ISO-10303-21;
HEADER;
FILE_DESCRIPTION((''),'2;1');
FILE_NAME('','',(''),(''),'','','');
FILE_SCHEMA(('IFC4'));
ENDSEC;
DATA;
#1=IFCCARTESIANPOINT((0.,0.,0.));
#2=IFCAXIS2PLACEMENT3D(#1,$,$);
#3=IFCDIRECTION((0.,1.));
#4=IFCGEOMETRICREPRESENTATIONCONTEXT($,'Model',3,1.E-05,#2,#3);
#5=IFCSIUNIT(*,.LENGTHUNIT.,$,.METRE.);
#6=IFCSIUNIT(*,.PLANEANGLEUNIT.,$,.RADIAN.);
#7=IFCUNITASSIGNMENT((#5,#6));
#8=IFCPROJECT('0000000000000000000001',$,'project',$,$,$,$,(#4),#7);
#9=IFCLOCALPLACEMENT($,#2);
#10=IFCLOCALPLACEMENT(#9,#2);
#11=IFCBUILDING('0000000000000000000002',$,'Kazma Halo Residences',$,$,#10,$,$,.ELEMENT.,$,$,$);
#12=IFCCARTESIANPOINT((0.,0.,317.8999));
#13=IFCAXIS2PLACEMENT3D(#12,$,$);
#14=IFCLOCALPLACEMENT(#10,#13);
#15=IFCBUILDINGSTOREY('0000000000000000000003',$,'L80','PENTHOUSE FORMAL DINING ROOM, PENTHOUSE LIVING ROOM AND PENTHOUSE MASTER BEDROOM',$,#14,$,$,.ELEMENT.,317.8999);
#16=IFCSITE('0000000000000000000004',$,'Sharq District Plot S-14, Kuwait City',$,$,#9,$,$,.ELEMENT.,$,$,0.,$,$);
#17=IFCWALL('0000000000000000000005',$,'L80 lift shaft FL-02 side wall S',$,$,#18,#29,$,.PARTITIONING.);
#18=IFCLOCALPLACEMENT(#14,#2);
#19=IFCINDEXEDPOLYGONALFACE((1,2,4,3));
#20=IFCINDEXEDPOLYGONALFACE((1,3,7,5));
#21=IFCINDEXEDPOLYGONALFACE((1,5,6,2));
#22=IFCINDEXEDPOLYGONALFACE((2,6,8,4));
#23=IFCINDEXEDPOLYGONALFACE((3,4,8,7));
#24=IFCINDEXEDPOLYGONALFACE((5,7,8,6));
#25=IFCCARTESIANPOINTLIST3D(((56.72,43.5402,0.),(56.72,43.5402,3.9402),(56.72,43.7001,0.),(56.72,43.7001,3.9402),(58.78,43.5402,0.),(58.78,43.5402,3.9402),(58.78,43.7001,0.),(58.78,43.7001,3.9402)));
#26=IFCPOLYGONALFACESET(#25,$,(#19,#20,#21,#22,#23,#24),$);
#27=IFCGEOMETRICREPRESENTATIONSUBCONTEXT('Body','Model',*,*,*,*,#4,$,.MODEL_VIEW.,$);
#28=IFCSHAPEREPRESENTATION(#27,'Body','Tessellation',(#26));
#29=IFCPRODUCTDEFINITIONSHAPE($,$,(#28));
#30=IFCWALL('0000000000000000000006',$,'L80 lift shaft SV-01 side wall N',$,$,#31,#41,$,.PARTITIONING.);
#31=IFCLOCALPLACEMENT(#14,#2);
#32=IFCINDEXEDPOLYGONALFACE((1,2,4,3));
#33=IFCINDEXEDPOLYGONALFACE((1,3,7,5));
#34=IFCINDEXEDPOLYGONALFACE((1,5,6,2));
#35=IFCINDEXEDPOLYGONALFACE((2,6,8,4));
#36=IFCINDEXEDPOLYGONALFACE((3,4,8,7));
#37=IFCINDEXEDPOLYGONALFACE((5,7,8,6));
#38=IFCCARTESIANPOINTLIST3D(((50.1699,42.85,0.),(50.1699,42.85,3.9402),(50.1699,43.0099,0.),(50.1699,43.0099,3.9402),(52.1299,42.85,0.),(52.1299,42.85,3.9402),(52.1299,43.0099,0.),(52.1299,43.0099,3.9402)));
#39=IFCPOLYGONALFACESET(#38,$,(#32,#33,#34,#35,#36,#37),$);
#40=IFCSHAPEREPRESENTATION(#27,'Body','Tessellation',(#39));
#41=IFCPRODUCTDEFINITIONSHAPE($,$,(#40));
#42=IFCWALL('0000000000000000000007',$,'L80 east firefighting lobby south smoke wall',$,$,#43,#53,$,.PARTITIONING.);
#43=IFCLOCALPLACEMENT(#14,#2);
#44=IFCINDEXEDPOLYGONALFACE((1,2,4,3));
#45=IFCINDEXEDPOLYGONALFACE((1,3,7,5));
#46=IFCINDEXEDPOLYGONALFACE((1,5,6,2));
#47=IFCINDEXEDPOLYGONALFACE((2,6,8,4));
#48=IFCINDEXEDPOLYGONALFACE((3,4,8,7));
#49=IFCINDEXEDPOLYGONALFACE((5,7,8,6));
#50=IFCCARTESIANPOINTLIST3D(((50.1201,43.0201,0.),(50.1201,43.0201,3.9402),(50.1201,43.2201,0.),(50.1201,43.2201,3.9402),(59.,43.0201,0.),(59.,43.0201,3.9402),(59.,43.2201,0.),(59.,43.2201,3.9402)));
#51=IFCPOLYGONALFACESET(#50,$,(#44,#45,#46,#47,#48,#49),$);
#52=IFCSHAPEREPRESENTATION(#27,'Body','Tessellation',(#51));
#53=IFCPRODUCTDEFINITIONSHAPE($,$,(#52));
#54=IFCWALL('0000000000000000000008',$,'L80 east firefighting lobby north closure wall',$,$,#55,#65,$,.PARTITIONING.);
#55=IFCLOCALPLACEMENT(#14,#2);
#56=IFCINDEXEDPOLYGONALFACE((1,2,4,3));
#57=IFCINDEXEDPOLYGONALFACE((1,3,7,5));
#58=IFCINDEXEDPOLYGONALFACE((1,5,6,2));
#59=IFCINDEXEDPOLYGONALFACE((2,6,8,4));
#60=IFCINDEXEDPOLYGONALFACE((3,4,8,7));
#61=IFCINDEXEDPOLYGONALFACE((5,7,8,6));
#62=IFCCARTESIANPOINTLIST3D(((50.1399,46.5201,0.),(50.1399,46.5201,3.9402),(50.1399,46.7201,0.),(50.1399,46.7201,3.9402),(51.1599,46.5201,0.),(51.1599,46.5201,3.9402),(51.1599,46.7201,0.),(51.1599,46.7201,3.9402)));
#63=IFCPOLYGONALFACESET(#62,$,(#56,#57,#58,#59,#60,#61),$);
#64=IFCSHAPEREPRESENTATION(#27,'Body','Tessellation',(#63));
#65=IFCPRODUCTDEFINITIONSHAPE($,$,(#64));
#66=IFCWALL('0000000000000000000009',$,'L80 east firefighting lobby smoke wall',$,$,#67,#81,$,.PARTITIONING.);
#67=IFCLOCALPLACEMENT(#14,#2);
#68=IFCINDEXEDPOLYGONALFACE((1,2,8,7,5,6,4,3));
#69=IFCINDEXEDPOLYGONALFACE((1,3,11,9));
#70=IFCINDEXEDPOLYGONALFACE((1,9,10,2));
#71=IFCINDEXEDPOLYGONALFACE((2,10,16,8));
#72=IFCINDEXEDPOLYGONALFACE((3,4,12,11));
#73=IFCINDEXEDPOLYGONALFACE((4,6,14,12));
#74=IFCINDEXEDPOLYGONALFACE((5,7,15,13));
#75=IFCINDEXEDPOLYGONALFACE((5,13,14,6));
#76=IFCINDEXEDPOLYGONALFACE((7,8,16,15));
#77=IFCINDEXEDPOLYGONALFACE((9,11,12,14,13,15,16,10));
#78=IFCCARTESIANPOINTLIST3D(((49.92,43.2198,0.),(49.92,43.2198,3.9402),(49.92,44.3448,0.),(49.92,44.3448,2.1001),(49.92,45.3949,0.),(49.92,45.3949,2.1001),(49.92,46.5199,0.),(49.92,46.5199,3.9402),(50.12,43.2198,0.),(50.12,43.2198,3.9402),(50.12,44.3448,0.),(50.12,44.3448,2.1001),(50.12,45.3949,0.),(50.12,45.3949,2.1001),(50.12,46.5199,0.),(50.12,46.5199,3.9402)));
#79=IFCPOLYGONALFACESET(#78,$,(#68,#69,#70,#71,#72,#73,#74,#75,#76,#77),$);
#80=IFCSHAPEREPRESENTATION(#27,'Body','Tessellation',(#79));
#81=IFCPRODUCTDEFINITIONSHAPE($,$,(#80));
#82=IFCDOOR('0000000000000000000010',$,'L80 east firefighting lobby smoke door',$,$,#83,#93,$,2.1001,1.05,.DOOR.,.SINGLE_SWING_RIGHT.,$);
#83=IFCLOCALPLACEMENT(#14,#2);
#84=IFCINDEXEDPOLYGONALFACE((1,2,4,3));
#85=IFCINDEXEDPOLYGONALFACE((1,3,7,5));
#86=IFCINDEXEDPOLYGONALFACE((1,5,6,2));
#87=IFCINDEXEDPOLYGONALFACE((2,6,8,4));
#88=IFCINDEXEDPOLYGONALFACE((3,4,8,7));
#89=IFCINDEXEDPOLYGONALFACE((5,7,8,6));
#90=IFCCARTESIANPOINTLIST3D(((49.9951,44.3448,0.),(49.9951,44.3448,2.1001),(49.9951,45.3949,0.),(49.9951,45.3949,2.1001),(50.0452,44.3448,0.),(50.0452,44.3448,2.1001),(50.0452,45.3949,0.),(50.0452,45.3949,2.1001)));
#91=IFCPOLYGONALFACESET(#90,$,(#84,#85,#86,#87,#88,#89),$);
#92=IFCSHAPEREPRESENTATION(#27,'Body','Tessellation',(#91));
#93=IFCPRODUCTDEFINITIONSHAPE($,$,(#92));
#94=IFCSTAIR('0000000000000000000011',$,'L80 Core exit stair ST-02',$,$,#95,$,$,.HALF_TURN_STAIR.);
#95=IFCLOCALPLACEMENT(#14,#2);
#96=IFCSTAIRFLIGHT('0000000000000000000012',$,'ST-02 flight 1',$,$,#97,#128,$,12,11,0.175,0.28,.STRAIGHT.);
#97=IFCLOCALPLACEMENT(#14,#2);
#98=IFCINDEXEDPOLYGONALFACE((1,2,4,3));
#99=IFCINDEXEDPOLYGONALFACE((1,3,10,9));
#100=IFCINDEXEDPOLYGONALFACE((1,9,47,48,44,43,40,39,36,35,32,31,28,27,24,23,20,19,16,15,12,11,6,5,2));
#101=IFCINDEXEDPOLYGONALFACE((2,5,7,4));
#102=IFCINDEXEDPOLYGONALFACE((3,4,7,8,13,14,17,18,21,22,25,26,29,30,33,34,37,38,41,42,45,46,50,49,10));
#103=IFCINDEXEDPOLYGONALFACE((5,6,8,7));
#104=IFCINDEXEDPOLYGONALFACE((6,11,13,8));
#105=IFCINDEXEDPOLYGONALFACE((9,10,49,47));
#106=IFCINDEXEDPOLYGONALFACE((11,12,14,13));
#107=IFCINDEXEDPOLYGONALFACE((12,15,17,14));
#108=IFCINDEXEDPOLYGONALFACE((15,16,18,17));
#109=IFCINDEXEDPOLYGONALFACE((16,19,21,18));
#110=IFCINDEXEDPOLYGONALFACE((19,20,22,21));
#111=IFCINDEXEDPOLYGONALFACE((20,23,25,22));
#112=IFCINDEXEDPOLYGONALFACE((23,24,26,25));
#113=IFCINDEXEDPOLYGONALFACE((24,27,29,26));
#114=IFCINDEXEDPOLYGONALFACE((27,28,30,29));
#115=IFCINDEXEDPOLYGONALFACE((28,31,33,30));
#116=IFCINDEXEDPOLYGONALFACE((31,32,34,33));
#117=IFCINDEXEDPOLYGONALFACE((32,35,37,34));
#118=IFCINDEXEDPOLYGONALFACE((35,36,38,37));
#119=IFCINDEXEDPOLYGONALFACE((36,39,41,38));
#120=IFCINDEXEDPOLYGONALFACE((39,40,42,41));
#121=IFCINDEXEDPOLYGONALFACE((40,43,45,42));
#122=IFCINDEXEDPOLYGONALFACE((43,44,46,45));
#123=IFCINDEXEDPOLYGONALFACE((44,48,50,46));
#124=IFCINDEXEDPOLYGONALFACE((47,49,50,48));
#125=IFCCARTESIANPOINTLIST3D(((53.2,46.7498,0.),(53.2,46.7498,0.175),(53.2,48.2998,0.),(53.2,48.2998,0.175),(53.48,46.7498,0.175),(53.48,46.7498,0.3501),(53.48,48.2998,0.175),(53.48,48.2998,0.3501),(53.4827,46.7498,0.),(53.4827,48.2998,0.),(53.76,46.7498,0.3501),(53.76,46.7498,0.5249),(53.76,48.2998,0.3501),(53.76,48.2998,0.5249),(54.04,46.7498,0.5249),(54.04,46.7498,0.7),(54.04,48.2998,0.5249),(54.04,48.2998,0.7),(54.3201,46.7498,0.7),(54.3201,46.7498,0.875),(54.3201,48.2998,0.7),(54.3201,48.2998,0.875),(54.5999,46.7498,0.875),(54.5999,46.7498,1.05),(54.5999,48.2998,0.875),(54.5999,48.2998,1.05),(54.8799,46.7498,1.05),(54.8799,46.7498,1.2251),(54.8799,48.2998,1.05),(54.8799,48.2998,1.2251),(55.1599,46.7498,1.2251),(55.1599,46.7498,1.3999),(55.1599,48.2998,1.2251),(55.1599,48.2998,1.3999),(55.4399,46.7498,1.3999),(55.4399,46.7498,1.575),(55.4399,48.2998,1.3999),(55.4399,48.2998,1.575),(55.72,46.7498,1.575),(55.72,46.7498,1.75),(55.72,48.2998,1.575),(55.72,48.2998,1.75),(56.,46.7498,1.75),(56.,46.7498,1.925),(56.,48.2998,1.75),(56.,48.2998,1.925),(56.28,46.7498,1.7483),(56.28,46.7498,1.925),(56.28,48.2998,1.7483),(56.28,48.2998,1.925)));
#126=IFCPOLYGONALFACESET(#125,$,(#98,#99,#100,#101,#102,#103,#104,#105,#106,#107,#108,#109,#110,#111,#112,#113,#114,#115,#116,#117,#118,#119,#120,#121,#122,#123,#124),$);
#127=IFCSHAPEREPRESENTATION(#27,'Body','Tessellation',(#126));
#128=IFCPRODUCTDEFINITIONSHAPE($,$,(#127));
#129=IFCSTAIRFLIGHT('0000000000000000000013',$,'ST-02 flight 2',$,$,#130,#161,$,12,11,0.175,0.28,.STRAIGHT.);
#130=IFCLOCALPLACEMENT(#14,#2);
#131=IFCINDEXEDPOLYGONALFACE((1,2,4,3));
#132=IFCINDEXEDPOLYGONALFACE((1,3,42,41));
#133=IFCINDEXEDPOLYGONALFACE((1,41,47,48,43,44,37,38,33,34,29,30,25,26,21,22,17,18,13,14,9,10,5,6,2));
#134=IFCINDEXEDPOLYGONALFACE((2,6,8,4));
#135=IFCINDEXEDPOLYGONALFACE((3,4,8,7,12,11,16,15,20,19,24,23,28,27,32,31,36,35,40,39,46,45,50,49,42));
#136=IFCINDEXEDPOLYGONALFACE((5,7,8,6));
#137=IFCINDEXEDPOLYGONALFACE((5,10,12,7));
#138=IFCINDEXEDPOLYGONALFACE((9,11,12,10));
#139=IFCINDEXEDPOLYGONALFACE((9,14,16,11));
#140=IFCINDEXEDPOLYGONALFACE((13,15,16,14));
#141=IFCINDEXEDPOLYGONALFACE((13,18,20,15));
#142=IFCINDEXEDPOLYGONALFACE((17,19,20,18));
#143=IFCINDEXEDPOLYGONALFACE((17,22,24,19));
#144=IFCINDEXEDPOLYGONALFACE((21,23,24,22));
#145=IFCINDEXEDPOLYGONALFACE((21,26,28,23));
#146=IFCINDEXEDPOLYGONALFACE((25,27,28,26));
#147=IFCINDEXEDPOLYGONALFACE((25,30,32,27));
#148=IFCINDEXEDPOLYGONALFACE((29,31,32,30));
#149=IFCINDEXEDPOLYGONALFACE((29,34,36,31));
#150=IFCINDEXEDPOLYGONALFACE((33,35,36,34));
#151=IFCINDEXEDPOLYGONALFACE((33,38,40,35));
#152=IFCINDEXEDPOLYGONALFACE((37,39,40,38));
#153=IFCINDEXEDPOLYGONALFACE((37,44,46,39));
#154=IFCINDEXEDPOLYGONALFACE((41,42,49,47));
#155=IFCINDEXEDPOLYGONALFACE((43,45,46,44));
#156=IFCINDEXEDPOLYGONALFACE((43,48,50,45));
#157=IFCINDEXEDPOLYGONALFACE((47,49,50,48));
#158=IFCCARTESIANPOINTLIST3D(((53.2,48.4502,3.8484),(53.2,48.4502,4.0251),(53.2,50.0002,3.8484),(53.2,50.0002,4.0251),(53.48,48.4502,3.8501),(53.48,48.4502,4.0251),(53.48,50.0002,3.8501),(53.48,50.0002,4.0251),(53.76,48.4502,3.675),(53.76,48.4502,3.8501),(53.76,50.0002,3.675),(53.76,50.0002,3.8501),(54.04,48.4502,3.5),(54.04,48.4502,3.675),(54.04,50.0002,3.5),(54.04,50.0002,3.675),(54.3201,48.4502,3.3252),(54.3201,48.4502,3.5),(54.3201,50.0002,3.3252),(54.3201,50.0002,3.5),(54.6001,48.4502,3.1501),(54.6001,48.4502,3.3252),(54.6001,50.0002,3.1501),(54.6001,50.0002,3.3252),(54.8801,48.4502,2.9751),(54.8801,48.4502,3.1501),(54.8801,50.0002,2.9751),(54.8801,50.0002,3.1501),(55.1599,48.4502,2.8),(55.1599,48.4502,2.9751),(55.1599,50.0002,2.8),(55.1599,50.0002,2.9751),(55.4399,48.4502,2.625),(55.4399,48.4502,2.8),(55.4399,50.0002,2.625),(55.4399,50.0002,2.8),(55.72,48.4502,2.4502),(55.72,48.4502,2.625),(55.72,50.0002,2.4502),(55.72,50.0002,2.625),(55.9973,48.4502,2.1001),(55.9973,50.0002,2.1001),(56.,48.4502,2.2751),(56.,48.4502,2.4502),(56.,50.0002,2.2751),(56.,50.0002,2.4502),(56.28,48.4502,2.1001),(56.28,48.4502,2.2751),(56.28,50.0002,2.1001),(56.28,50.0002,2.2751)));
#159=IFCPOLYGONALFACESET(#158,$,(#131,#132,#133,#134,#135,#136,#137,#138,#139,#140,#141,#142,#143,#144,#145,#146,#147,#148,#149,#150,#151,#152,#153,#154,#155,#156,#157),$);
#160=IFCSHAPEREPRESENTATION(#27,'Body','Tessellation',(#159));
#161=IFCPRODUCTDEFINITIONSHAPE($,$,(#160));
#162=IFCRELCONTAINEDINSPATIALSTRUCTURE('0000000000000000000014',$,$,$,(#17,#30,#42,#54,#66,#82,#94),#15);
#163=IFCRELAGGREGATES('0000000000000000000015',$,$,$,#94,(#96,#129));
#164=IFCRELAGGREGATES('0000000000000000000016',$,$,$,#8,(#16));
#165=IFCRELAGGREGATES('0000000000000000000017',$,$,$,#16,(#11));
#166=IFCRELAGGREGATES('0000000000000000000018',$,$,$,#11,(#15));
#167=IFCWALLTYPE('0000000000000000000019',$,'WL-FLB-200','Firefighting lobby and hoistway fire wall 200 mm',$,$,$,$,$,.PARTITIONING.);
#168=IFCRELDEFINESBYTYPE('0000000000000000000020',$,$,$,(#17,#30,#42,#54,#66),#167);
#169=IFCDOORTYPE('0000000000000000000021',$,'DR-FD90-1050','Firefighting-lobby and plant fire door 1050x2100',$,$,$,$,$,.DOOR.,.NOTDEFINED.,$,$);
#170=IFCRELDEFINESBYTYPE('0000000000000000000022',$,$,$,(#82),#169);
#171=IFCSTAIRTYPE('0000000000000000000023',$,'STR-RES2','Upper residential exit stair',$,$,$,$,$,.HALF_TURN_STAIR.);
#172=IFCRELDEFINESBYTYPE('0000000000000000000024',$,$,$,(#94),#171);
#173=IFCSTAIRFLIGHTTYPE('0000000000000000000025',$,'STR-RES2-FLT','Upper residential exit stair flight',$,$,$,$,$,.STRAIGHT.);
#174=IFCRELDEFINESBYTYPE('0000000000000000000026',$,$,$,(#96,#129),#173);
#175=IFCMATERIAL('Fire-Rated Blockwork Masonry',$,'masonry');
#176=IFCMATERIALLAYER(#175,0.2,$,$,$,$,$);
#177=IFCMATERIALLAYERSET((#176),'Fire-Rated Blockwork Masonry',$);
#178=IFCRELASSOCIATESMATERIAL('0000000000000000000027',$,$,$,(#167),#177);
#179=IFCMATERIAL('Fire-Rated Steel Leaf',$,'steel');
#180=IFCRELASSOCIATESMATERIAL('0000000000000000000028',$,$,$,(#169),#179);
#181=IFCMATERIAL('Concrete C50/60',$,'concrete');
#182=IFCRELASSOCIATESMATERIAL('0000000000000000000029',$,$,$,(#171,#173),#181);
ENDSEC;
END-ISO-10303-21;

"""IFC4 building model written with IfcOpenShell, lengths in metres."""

from ifc_helpers import new_model, si_unit, direction, frame, frame_2d, origin, place, context, subcontext, project, spatial, polyline, rectangle, outline, extrude, material, layer, layer_set, type_object, element, fill, aggregate, save


model = new_model("IFC4")

# Units and contexts
model_context = context("Model", 3, precision=1e-05, world=origin(), true_north=direction((0.0, 1.0)))
body_context = subcontext(model_context, "Body", "Model", "MODEL_VIEW")
ifc_project = project(units=[si_unit("LENGTHUNIT", "METRE"), si_unit("PLANEANGLEUNIT", "RADIAN")], contexts=[model_context])

# Site, building, storey
site_placement = place(None, origin())
site = spatial("IfcSite", under=ifc_project, at=site_placement, Name="Sharq District Plot S-14, Kuwait City", CompositionType="ELEMENT", RefElevation=0.0)
building_placement = place(site_placement, origin())
building = spatial("IfcBuilding", under=site, at=building_placement, Name="Kazma Halo Residences", CompositionType="ELEMENT")
storey_placement = place(building_placement, frame((0.0, 0.0, 317.8999)))
storey = spatial("IfcBuildingStorey", under=building, at=storey_placement, Name="L80", Description="PENTHOUSE FORMAL DINING ROOM, PENTHOUSE LIVING ROOM AND PENTHOUSE MASTER BEDROOM", CompositionType="ELEMENT", Elevation=317.8999)

# Shared definitions
ifc_material_1 = material(Name="Fire-Rated Blockwork Masonry", Category="masonry")
ifc_layer_1 = layer(ifc_material_1, 0.2)
ifc_layer_set_1 = layer_set([ifc_layer_1], Name="Fire-Rated Blockwork Masonry")
wall_type_1 = type_object("IfcWallType", Name="WL-FLB-200", Description="Firefighting lobby and hoistway fire wall 200 mm", PredefinedType="PARTITIONING", material=ifc_layer_set_1)

# Walls
for number, where, z_axis, x_axis, name in (
    (1, (56.72, 43.6201, 0.0), (0.0, 0.0, 1.0), (1.0, 0.0, 0.0), "L80 lift shaft FL-02 side wall S"),
):
    element("IfcWall", number, at=place(storey_placement, frame(where, z_axis=z_axis, x_axis=x_axis)), inside=storey, type_object=wall_type_1, Name=name, PredefinedType="PARTITIONING", context=body_context, shape_type="SweptSolid", body=[
        extrude(rectangle(XDim=2.0601, YDim=0.1599, at=frame_2d((1.03, 0.0))), origin(), (0.0, 0.0, 1.0), 3.9402),
    ])
wall_1_placement = place(storey_placement, frame((50.1699, 42.9299, 0.0), z_axis=(0.0, 0.0, 1.0), x_axis=(1.0, 0.0, 0.0)))
element("IfcWall", 2, at=wall_1_placement, inside=storey, type_object=wall_type_1, Name="L80 lift shaft SV-01 side wall N", PredefinedType="PARTITIONING", context=body_context, shape_type="SweptSolid", body=[
    extrude(rectangle(XDim=1.96, YDim=0.1599, at=frame_2d((0.98, 0.0))), origin(), (0.0, 0.0, 1.0), 3.9402),
])
wall_2_placement = place(storey_placement, frame((50.1201, 43.1201, 0.0), z_axis=(0.0, 0.0, 1.0), x_axis=(1.0, 0.0, 0.0)))
element("IfcWall", 3, at=wall_2_placement, inside=storey, type_object=wall_type_1, Name="L80 east firefighting lobby south smoke wall", PredefinedType="PARTITIONING", context=body_context, shape_type="SweptSolid", body=[
    extrude(rectangle(XDim=8.8799, YDim=0.2, at=frame_2d((4.4399, 0.0))), origin(), (0.0, 0.0, 1.0), 3.9402),
])
wall_3_placement = place(storey_placement, frame((50.1399, 46.6201, 0.0), z_axis=(0.0, 0.0, 1.0), x_axis=(1.0, 0.0, 0.0)))
element("IfcWall", 4, at=wall_3_placement, inside=storey, type_object=wall_type_1, Name="L80 east firefighting lobby north closure wall", PredefinedType="PARTITIONING", context=body_context, shape_type="SweptSolid", body=[
    extrude(rectangle(XDim=1.02, YDim=0.2, at=frame_2d((0.51, 0.0))), origin(), (0.0, 0.0, 1.0), 3.9402),
])

# Wall, opening, door
wall_4_placement = place(storey_placement, frame((50.02, 43.22, 0.0), z_axis=(0.0, 0.0, 1.0), x_axis=(0.0, 1.0, 0.0)))
wall_4 = element("IfcWall", 5, at=wall_4_placement, inside=storey, type_object=wall_type_1, Name="L80 east firefighting lobby smoke wall", PredefinedType="PARTITIONING", context=body_context, shape_type="SweptSolid", body=[
    extrude(rectangle(XDim=3.3, YDim=0.2, at=frame_2d((1.6499, 0.0))), origin(), (0.0, 0.0, 1.0), 3.9402),
])
opening_1_placement = place(wall_4_placement, frame((1.125, 0.0, 0.0)))
opening_1 = element("IfcOpeningElement", 6, at=opening_1_placement, cuts=wall_4, PredefinedType="OPENING", context=body_context, shape_type="SweptSolid", body=[
    extrude(rectangle(XDim=1.05, YDim=2.1001, at=frame_2d((0.5249, 1.05))), frame((0.0, 0.1099, 0.0), z_axis=(0.0, -1.0, 0.0), x_axis=(1.0, 0.0, 0.0)), (0.0, 0.0, 1.0), 0.22),
])
ifc_material_2 = material(Name="Fire-Rated Steel Leaf", Category="steel")
door_type_1 = type_object("IfcDoorType", Name="DR-FD90-1050", Description="Firefighting-lobby and plant fire door 1050x2100", OperationType="NOTDEFINED", PredefinedType="DOOR", material=ifc_material_2)
door_1_placement = place(opening_1_placement, origin())
door_1 = element("IfcDoor", 7, at=door_1_placement, inside=storey, type_object=door_type_1, Name="L80 east firefighting lobby smoke door", OperationType="SINGLE_SWING_RIGHT", OverallHeight=2.1001, OverallWidth=1.05, PredefinedType="DOOR", context=body_context, shape_type="SweptSolid", body=[
    extrude(rectangle(XDim=1.05, YDim=2.1001, at=frame_2d((0.5249, 1.05))), frame((0.0, 0.0249, 0.0), z_axis=(0.0, -1.0, 0.0), x_axis=(1.0, 0.0, 0.0)), (0.0, 0.0, 1.0), 0.05),
])
fill(opening_1, door_1)
ifc_material_3 = material(Name="Concrete C50/60", Category="concrete")

# Stair, stair flights
stair_type = type_object("IfcStairType", Name="STR-RES2", Description="Upper residential exit stair", PredefinedType="HALF_TURN_STAIR", material=ifc_material_3)
stair_placement = place(storey_placement, origin())
stair = element("IfcStair", 8, at=stair_placement, inside=storey, type_object=stair_type, Name="L80 Core exit stair ST-02", PredefinedType="HALF_TURN_STAIR")
stair_flight_type = type_object("IfcStairFlightType", Name="STR-RES2-FLT", Description="Upper residential exit stair flight", PredefinedType="STRAIGHT", material=ifc_material_3)
stair_flight_1_placement = place(storey_placement, frame((53.2, 47.5249, 0.0), z_axis=(0.0, 0.0, 1.0), x_axis=(1.0, 0.0, 0.0)))
stair_flight_1 = element("IfcStairFlight", 9, at=stair_flight_1_placement, type_object=stair_flight_type, Name="ST-02 flight 1", NumberOfRisers=12, NumberOfTreads=11, PredefinedType="STRAIGHT", RiserHeight=0.175, TreadLength=0.28, context=body_context, shape_type="SweptSolid", body=[
    extrude(outline(polyline([(0.0, 0.0), (0.0, 0.175), (0.28, 0.175), (0.28, 0.3501), (0.5601, 0.3501), (0.5601, 0.5249), (0.8401, 0.5249), (0.8401, 0.7), (1.1201, 0.7), (1.1201, 0.875), (1.3999, 0.875), (1.3999, 1.05), (1.6799, 1.05), (1.6799, 1.2251), (1.96, 1.2251), (1.96, 1.3999), (2.24, 1.3999), (2.24, 1.575), (2.52, 1.575), (2.52, 1.75), (2.8, 1.75), (2.8, 1.925), (3.0801, 1.925), (3.0801, 2.1001), (3.0801, 1.7483), (0.2827, 0.0), (0.0, 0.0)])), frame((0.0, 0.7749, 0.0), z_axis=(0.0, -1.0, 0.0), x_axis=(1.0, 0.0, 0.0)), (0.0, 0.0, 1.0), 1.55),
])
stair_flight_2_placement = place(storey_placement, frame((56.28, 49.2251, 2.1001), z_axis=(0.0, 0.0, 1.0), x_axis=(-1.0, 0.0, 0.0)))
stair_flight_2 = element("IfcStairFlight", 10, at=stair_flight_2_placement, type_object=stair_flight_type, Name="ST-02 flight 2", NumberOfRisers=12, NumberOfTreads=11, PredefinedType="STRAIGHT", RiserHeight=0.175, TreadLength=0.28, context=body_context, shape_type="SweptSolid", body=[
    extrude(outline(polyline([(0.0, 0.0), (0.0, 0.175), (0.28, 0.175), (0.28, 0.3501), (0.5601, 0.3501), (0.5601, 0.5249), (0.8401, 0.5249), (0.8401, 0.7), (1.1201, 0.7), (1.1201, 0.875), (1.3999, 0.875), (1.3999, 1.05), (1.6799, 1.05), (1.6799, 1.2251), (1.96, 1.2251), (1.96, 1.3999), (2.24, 1.3999), (2.24, 1.575), (2.52, 1.575), (2.52, 1.75), (2.8, 1.75), (2.8, 1.925), (3.0801, 1.925), (3.0801, 2.1001), (3.0801, 1.7483), (0.2827, 0.0), (0.0, 0.0)])), frame((0.0, 0.7749, 0.0), z_axis=(0.0, -1.0, 0.0), x_axis=(1.0, 0.0, 0.0)), (0.0, 0.0, 1.0), 1.55),
])
aggregate(stair, [stair_flight_1, stair_flight_2])

save(model, "model.ifc")
